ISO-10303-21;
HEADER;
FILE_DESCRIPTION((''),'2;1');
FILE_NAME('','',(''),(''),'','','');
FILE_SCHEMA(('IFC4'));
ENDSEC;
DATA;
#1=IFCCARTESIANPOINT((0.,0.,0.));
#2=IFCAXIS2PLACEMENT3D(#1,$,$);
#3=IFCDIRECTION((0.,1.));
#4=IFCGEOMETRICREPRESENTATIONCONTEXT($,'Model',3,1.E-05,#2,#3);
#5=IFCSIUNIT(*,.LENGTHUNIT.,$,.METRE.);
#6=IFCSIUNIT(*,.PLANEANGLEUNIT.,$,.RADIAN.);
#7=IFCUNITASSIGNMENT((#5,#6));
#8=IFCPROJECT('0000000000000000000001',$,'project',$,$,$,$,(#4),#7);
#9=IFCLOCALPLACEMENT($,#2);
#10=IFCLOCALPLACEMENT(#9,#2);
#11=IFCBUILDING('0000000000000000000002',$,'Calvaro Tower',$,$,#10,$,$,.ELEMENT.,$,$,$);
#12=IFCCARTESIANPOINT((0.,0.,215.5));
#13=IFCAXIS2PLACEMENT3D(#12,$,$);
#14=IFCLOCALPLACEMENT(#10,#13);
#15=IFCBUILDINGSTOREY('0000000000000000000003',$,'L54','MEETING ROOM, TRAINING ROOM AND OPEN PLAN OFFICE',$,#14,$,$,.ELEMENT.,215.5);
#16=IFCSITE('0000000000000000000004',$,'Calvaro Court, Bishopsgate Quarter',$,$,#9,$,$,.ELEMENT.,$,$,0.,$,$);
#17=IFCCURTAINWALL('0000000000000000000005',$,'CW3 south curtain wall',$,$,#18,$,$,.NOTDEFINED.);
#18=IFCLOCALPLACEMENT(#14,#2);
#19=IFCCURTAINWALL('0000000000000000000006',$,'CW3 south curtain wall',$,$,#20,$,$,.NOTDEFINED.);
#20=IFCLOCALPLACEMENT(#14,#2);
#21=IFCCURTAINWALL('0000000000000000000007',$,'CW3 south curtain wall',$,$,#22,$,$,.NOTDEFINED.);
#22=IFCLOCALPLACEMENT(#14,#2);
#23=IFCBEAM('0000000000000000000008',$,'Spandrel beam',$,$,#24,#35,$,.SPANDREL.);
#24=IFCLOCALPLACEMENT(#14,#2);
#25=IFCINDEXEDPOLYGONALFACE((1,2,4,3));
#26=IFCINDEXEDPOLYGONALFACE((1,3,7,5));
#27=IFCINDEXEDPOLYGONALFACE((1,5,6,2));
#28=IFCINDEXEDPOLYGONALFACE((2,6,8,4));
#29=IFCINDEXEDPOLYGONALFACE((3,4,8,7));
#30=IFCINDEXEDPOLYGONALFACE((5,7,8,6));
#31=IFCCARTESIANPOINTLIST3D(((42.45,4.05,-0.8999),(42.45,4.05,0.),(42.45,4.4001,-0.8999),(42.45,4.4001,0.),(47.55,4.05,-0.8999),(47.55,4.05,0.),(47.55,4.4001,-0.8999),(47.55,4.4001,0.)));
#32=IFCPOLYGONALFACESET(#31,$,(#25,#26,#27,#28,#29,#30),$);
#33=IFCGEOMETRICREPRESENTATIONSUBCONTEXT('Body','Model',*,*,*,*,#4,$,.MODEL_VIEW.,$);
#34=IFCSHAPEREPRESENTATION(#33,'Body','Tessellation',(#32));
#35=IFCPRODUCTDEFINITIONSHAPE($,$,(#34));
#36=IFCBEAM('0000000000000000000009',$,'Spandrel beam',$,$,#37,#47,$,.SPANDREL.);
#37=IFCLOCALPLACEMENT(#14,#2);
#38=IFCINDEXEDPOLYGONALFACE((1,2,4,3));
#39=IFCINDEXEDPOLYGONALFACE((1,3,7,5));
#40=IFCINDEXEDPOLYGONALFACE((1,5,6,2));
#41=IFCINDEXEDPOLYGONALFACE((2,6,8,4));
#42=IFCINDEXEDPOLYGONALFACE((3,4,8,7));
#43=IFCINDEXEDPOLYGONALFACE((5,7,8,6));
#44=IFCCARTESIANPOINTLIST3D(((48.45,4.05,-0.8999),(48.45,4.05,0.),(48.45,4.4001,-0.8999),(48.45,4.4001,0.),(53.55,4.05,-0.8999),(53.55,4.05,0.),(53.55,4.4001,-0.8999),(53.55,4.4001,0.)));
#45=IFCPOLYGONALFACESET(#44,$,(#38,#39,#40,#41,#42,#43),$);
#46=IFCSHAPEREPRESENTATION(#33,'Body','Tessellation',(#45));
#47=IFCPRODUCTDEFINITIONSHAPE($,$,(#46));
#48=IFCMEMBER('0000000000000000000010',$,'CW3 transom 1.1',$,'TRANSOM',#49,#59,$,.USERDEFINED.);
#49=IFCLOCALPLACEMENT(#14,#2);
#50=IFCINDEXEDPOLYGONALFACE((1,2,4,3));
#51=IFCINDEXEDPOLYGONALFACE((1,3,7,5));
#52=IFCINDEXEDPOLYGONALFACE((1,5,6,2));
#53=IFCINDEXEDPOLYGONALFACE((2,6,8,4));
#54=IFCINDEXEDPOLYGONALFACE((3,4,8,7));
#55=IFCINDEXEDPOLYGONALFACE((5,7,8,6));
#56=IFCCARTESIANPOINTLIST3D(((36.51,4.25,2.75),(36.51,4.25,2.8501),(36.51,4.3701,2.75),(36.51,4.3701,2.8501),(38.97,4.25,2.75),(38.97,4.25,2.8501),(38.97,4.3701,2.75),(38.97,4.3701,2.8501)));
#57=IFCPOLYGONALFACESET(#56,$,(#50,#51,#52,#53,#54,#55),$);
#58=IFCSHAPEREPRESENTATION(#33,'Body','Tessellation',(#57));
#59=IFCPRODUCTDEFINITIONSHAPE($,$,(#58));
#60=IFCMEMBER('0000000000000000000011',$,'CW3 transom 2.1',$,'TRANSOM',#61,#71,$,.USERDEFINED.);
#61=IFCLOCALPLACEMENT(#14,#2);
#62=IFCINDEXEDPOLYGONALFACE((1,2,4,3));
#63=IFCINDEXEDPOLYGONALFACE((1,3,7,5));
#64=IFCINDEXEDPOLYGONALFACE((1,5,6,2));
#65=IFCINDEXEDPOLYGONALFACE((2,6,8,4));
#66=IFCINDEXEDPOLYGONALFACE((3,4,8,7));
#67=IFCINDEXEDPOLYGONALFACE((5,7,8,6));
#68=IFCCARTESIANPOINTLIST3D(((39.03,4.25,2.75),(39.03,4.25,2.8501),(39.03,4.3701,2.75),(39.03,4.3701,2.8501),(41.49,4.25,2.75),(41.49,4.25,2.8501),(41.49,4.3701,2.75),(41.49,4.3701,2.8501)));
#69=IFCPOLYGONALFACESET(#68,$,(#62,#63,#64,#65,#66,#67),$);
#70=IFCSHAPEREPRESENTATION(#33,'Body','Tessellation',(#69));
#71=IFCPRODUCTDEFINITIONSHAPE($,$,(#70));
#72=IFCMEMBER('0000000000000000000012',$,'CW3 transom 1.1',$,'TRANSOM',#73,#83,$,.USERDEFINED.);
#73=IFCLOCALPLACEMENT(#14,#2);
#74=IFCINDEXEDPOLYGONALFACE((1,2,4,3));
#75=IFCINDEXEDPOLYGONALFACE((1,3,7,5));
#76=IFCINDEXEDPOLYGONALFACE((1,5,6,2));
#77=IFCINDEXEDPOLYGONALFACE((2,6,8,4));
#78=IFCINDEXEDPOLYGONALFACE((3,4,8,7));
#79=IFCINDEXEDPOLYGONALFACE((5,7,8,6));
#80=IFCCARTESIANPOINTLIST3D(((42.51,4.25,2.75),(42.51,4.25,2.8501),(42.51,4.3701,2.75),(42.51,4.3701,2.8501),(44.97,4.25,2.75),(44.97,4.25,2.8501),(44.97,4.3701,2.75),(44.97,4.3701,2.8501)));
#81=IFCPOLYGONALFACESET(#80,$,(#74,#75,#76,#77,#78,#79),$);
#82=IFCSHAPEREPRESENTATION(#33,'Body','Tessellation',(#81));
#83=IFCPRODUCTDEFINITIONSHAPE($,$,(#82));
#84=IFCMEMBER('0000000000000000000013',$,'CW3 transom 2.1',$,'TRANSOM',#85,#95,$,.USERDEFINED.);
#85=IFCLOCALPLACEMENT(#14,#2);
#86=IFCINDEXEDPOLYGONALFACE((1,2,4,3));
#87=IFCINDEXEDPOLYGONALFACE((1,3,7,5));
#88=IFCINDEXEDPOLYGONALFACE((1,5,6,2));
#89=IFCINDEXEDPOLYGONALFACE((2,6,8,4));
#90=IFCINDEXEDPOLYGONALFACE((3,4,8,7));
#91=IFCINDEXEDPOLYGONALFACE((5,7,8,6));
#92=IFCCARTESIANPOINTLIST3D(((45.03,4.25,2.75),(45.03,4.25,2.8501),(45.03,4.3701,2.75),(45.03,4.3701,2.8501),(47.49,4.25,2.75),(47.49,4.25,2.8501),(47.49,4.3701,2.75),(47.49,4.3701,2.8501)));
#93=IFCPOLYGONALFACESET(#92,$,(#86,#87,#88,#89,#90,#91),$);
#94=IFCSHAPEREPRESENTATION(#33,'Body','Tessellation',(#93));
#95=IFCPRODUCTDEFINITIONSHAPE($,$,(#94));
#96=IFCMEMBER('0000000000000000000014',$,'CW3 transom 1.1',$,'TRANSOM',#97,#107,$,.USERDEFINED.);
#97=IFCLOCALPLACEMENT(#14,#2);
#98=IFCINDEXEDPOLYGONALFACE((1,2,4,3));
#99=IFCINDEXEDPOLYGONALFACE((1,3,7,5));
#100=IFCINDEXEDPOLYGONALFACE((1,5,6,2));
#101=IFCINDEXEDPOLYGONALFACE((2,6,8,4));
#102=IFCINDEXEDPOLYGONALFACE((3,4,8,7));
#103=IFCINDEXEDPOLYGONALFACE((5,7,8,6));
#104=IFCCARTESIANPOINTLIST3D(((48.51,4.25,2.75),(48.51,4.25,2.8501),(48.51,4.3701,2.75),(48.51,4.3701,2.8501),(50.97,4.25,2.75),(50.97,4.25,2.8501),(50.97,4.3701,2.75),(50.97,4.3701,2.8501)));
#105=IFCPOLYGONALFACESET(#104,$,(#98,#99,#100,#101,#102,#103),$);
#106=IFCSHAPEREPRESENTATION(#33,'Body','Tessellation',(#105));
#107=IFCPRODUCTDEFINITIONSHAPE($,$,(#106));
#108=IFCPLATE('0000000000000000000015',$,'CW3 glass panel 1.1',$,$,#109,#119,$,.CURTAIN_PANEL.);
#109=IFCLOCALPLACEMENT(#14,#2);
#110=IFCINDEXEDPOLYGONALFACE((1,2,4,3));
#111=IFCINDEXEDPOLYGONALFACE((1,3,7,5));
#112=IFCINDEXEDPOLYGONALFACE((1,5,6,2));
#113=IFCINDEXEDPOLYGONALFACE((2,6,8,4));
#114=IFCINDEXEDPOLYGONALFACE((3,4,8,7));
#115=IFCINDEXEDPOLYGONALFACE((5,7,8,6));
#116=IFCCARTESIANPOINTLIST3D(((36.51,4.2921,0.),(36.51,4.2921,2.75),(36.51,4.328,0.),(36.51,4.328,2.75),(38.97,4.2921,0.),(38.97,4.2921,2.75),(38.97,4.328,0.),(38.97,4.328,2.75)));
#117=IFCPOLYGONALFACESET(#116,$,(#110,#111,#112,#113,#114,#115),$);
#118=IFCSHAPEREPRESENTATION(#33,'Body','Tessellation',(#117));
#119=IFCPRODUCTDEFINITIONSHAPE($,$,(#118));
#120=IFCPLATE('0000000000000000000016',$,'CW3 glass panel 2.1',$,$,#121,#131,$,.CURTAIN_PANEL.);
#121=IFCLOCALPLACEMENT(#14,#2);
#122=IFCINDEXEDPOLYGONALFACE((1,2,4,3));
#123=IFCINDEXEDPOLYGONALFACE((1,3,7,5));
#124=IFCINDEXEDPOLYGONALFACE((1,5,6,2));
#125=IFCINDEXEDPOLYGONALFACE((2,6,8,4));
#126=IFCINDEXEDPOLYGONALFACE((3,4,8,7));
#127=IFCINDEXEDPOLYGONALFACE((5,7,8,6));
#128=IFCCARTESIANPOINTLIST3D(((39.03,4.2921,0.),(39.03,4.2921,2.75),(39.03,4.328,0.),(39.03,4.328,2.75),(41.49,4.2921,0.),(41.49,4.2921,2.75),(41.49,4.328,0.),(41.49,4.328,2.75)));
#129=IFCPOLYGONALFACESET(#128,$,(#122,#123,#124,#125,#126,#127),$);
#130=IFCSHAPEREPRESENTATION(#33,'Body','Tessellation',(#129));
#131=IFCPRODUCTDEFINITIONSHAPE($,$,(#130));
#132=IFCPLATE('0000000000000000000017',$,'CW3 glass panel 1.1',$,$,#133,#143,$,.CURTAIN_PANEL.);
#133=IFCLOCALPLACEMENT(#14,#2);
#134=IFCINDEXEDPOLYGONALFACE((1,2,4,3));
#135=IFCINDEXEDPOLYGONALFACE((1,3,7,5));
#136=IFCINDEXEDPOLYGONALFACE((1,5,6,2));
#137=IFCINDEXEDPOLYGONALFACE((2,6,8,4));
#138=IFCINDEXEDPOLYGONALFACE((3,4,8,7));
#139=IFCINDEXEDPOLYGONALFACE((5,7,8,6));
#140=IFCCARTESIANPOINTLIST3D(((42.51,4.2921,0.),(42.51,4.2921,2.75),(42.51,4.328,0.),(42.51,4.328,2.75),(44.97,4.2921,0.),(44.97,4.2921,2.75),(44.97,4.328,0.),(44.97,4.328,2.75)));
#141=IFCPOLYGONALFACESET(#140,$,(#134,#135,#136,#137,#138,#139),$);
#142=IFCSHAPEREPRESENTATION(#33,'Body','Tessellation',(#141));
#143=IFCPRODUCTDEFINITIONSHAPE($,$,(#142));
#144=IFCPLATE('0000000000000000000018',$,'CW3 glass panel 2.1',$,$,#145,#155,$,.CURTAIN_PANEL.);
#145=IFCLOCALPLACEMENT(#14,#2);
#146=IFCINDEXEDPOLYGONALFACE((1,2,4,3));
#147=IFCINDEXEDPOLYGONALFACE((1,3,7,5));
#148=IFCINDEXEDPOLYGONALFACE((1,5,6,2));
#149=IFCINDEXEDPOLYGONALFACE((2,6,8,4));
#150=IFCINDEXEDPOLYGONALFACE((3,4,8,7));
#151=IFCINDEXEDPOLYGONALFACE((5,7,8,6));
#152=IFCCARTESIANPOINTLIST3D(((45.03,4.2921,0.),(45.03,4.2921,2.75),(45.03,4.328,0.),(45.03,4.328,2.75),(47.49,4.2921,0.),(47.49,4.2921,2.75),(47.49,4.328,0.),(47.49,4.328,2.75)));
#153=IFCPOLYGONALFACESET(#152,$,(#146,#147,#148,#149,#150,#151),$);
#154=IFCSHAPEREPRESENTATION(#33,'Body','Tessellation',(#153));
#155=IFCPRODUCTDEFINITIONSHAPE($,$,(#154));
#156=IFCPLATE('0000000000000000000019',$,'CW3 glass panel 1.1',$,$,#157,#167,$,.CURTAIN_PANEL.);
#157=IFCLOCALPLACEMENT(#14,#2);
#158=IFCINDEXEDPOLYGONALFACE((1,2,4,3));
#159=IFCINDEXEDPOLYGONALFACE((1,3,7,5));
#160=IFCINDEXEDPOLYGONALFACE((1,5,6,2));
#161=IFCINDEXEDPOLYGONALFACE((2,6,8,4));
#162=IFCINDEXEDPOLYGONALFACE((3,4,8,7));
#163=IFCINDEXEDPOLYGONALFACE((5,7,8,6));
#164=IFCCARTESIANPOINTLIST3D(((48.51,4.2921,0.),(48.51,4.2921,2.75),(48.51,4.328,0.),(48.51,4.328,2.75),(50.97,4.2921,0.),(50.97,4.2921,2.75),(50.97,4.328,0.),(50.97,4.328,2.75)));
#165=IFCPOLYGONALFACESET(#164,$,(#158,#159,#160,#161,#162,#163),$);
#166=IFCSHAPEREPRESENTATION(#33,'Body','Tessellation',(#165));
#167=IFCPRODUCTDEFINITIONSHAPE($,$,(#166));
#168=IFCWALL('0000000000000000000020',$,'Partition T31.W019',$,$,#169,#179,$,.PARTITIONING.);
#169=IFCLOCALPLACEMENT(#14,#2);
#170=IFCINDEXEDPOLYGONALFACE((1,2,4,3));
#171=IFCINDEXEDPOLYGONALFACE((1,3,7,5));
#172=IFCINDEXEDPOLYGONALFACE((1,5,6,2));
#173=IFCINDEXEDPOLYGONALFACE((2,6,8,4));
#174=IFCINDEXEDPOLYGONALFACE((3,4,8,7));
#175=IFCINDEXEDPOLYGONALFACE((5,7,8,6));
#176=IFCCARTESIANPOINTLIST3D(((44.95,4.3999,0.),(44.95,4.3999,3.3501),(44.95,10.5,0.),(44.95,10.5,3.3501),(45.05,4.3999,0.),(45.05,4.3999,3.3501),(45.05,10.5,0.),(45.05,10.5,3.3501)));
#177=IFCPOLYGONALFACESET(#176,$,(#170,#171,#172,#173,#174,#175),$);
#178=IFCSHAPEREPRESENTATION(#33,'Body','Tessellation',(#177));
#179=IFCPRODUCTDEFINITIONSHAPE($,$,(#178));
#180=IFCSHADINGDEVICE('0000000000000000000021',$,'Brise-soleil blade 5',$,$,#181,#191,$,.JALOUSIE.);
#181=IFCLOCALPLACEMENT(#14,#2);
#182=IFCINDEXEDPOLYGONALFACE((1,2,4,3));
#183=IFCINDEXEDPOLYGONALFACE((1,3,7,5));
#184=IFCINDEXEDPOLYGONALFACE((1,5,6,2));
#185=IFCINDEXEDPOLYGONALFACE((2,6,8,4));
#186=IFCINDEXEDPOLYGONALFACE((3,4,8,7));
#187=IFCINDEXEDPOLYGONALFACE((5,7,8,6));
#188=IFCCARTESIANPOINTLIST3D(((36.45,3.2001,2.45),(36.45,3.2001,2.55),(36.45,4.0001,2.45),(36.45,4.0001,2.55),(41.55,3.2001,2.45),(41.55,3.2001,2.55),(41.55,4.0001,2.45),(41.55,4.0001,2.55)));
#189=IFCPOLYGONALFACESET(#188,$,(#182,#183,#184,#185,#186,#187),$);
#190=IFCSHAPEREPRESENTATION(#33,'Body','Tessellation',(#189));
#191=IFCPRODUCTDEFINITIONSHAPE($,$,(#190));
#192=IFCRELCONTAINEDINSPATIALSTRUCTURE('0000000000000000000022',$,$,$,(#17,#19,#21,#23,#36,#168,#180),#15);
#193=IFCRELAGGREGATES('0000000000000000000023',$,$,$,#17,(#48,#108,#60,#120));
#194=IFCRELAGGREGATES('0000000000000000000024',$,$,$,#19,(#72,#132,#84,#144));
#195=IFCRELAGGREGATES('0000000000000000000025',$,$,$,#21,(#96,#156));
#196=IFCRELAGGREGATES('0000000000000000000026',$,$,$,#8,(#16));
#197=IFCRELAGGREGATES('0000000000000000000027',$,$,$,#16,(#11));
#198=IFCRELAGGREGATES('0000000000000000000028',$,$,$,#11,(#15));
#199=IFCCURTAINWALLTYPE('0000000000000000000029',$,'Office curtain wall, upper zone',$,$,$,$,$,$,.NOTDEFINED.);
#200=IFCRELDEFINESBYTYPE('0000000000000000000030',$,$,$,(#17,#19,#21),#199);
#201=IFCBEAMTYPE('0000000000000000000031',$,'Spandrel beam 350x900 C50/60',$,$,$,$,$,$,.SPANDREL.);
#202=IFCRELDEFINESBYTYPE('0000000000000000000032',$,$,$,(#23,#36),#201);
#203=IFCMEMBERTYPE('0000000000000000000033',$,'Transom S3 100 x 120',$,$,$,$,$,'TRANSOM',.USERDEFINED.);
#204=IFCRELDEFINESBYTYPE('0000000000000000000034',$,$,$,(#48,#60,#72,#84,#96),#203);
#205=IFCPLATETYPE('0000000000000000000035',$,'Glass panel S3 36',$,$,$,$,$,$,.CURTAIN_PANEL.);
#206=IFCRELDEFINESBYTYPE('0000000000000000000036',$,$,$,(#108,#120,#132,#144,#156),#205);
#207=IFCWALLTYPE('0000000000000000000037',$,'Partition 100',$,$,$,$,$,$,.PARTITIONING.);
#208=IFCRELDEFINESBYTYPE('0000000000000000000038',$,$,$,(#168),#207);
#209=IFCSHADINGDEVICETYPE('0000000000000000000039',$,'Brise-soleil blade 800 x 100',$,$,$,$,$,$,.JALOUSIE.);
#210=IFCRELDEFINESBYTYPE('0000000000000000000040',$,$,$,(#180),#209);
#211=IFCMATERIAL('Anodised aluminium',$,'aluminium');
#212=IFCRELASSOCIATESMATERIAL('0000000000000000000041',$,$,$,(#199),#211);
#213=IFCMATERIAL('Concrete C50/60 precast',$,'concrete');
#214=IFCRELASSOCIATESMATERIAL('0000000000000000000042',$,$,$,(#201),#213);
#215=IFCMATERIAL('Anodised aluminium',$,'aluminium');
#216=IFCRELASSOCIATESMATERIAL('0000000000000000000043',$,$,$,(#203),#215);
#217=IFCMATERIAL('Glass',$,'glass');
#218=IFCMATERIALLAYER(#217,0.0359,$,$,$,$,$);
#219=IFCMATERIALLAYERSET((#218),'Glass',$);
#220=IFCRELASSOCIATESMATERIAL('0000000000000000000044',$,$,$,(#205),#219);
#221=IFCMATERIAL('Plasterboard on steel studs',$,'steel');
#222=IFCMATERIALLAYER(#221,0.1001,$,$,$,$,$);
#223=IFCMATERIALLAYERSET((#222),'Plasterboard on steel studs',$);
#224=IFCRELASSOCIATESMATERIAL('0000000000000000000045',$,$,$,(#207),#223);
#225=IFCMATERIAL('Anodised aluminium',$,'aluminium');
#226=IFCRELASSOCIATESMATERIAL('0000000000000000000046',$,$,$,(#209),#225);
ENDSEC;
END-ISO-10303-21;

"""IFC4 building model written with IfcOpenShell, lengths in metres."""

from ifc_helpers import new_model, si_unit, direction, frame, frame_2d, origin, origin_2d, place, context, subcontext, project, spatial, rectangle, extrude, material, layer, layer_set, material_profile, profile_set, type_object, element, aggregate, save


model = new_model("IFC4")

# Units and contexts
model_context = context("Model", 3, precision=1e-05, world=origin(), true_north=direction((0.0, 1.0)))
body_context = subcontext(model_context, "Body", "Model", "MODEL_VIEW")
ifc_project = project(units=[si_unit("LENGTHUNIT", "METRE"), si_unit("PLANEANGLEUNIT", "RADIAN")], contexts=[model_context])

# Site, building, storey
site_placement = place(None, origin())
site = spatial("IfcSite", under=ifc_project, at=site_placement, Name="Calvaro Court, Bishopsgate Quarter", CompositionType="ELEMENT", RefElevation=0.0)
building_placement = place(site_placement, origin())
building = spatial("IfcBuilding", under=site, at=building_placement, Name="Calvaro Tower", CompositionType="ELEMENT")
storey_placement = place(building_placement, frame((0.0, 0.0, 215.5)))
storey = spatial("IfcBuildingStorey", under=building, at=storey_placement, Name="L54", Description="MEETING ROOM, TRAINING ROOM AND OPEN PLAN OFFICE", CompositionType="ELEMENT", Elevation=215.5)

# Shared definitions
ifc_material_1 = material(Name="Anodised aluminium", Category="aluminium")
curtain_wall_type = type_object("IfcCurtainWallType", Name="Office curtain wall, upper zone", PredefinedType="NOTDEFINED", material=ifc_material_1)

# Curtain walls
curtain_wall_1_placement = place(storey_placement, origin())
curtain_wall_1 = element("IfcCurtainWall", 1, at=curtain_wall_1_placement, inside=storey, type_object=curtain_wall_type, Name="CW3 south curtain wall", PredefinedType="NOTDEFINED")
curtain_wall_2_placement = place(storey_placement, origin())
curtain_wall_2 = element("IfcCurtainWall", 2, at=curtain_wall_2_placement, inside=storey, type_object=curtain_wall_type, Name="CW3 south curtain wall", PredefinedType="NOTDEFINED")
curtain_wall_3_placement = place(storey_placement, origin())
curtain_wall_3 = element("IfcCurtainWall", 3, at=curtain_wall_3_placement, inside=storey, type_object=curtain_wall_type, Name="CW3 south curtain wall", PredefinedType="NOTDEFINED")

# Beams
ifc_material_2 = material(Name="Concrete C50/60 precast", Category="concrete")
ifc_material_profile_1 = material_profile(ifc_material_2, rectangle(XDim=0.3501, YDim=0.8999, at=origin_2d()), Name="RC 350x900")
ifc_profile_set_1 = profile_set([ifc_material_profile_1], Name="Concrete C50/60 precast")
beam_type = type_object("IfcBeamType", Name="Spandrel beam 350x900 C50/60", PredefinedType="SPANDREL", material=ifc_profile_set_1)
for number, where, z_axis, x_axis, name in (
    (4, (42.45, 4.2251, -0.45), (1.0, 0.0, 0.0), (0.0, 1.0, 0.0), "Spandrel beam"),
    (5, (48.45, 4.2251, -0.45), (1.0, 0.0, 0.0), (0.0, 1.0, 0.0), "Spandrel beam"),
):
    element("IfcBeam", number, at=place(storey_placement, frame(where, z_axis=z_axis, x_axis=x_axis)), inside=storey, type_object=beam_type, Name=name, PredefinedType="SPANDREL", context=body_context, shape_type="SweptSolid", body=[
        extrude(rectangle(XDim=0.3501, YDim=0.8999, at=origin_2d()), origin(), (0.0, 0.0, 1.0), 5.1001),
    ])

# Members
ifc_material_3 = material(Name="Anodised aluminium", Category="aluminium")
ifc_material_profile_2 = material_profile(ifc_material_3, rectangle(XDim=0.1201, YDim=0.1001, at=origin_2d()), Name="Transom S3 100 x 120")
ifc_profile_set_2 = profile_set([ifc_material_profile_2], Name="Anodised aluminium")
member_type_1 = type_object("IfcMemberType", Name="Transom S3 100 x 120", ElementType="TRANSOM", PredefinedType="USERDEFINED", material=ifc_profile_set_2)
member_1_placement = place(storey_placement, frame((36.51, 4.3101, 2.8), z_axis=(1.0, 0.0, 0.0), x_axis=(0.0, 1.0, 0.0)))
member_1 = element("IfcMember", 6, at=member_1_placement, type_object=member_type_1, Name="CW3 transom 1.1", ObjectType="TRANSOM", PredefinedType="USERDEFINED", context=body_context, shape_type="SweptSolid", body=[
    extrude(rectangle(XDim=0.1201, YDim=0.1001, at=origin_2d()), origin(), (0.0, 0.0, 1.0), 2.46),
])
member_2_placement = place(storey_placement, frame((39.03, 4.3101, 2.8), z_axis=(1.0, 0.0, 0.0), x_axis=(0.0, 1.0, 0.0)))
member_2 = element("IfcMember", 7, at=member_2_placement, type_object=member_type_1, Name="CW3 transom 2.1", ObjectType="TRANSOM", PredefinedType="USERDEFINED", context=body_context, shape_type="SweptSolid", body=[
    extrude(rectangle(XDim=0.1201, YDim=0.1001, at=origin_2d()), origin(), (0.0, 0.0, 1.0), 2.46),
])
member_3_placement = place(storey_placement, frame((42.51, 4.3101, 2.8), z_axis=(1.0, 0.0, 0.0), x_axis=(0.0, 1.0, 0.0)))
member_3 = element("IfcMember", 8, at=member_3_placement, type_object=member_type_1, Name="CW3 transom 1.1", ObjectType="TRANSOM", PredefinedType="USERDEFINED", context=body_context, shape_type="SweptSolid", body=[
    extrude(rectangle(XDim=0.1201, YDim=0.1001, at=origin_2d()), origin(), (0.0, 0.0, 1.0), 2.46),
])
member_4_placement = place(storey_placement, frame((45.03, 4.3101, 2.8), z_axis=(1.0, 0.0, 0.0), x_axis=(0.0, 1.0, 0.0)))
member_4 = element("IfcMember", 9, at=member_4_placement, type_object=member_type_1, Name="CW3 transom 2.1", ObjectType="TRANSOM", PredefinedType="USERDEFINED", context=body_context, shape_type="SweptSolid", body=[
    extrude(rectangle(XDim=0.1201, YDim=0.1001, at=origin_2d()), origin(), (0.0, 0.0, 1.0), 2.46),
])
member_5_placement = place(storey_placement, frame((48.51, 4.3101, 2.8), z_axis=(1.0, 0.0, 0.0), x_axis=(0.0, 1.0, 0.0)))
member_5 = element("IfcMember", 10, at=member_5_placement, type_object=member_type_1, Name="CW3 transom 1.1", ObjectType="TRANSOM", PredefinedType="USERDEFINED", context=body_context, shape_type="SweptSolid", body=[
    extrude(rectangle(XDim=0.1201, YDim=0.1001, at=origin_2d()), origin(), (0.0, 0.0, 1.0), 2.46),
])

# Plates
ifc_material_4 = material(Name="Glass", Category="glass")
ifc_layer_1 = layer(ifc_material_4, 0.0359)
ifc_layer_set_1 = layer_set([ifc_layer_1], Name="Glass")
plate_type = type_object("IfcPlateType", Name="Glass panel S3 36", PredefinedType="CURTAIN_PANEL", material=ifc_layer_set_1)
plate_1_placement = place(storey_placement, frame((37.74, 4.3101, 0.0), z_axis=(0.0, 0.0, 1.0), x_axis=(1.0, 0.0, 0.0)))
plate_1 = element("IfcPlate", 11, at=plate_1_placement, type_object=plate_type, Name="CW3 glass panel 1.1", PredefinedType="CURTAIN_PANEL", context=body_context, shape_type="SweptSolid", body=[
    extrude(rectangle(XDim=2.46, YDim=0.0359, at=origin_2d()), origin(), (0.0, 0.0, 1.0), 2.75),
])
plate_2_placement = place(storey_placement, frame((40.26, 4.3101, 0.0), z_axis=(0.0, 0.0, 1.0), x_axis=(1.0, 0.0, 0.0)))
plate_2 = element("IfcPlate", 12, at=plate_2_placement, type_object=plate_type, Name="CW3 glass panel 2.1", PredefinedType="CURTAIN_PANEL", context=body_context, shape_type="SweptSolid", body=[
    extrude(rectangle(XDim=2.46, YDim=0.0359, at=origin_2d()), origin(), (0.0, 0.0, 1.0), 2.75),
])
aggregate(curtain_wall_1, [member_1, plate_1, member_2, plate_2])
plate_3_placement = place(storey_placement, frame((43.74, 4.3101, 0.0), z_axis=(0.0, 0.0, 1.0), x_axis=(1.0, 0.0, 0.0)))
plate_3 = element("IfcPlate", 13, at=plate_3_placement, type_object=plate_type, Name="CW3 glass panel 1.1", PredefinedType="CURTAIN_PANEL", context=body_context, shape_type="SweptSolid", body=[
    extrude(rectangle(XDim=2.46, YDim=0.0359, at=origin_2d()), origin(), (0.0, 0.0, 1.0), 2.75),
])
plate_4_placement = place(storey_placement, frame((46.26, 4.3101, 0.0), z_axis=(0.0, 0.0, 1.0), x_axis=(1.0, 0.0, 0.0)))
plate_4 = element("IfcPlate", 14, at=plate_4_placement, type_object=plate_type, Name="CW3 glass panel 2.1", PredefinedType="CURTAIN_PANEL", context=body_context, shape_type="SweptSolid", body=[
    extrude(rectangle(XDim=2.46, YDim=0.0359, at=origin_2d()), origin(), (0.0, 0.0, 1.0), 2.75),
])
aggregate(curtain_wall_2, [member_3, plate_3, member_4, plate_4])
plate_5_placement = place(storey_placement, frame((49.74, 4.3101, 0.0), z_axis=(0.0, 0.0, 1.0), x_axis=(1.0, 0.0, 0.0)))
plate_5 = element("IfcPlate", 15, at=plate_5_placement, type_object=plate_type, Name="CW3 glass panel 1.1", PredefinedType="CURTAIN_PANEL", context=body_context, shape_type="SweptSolid", body=[
    extrude(rectangle(XDim=2.46, YDim=0.0359, at=origin_2d()), origin(), (0.0, 0.0, 1.0), 2.75),
])
aggregate(curtain_wall_3, [member_5, plate_5])

# Wall
ifc_material_5 = material(Name="Plasterboard on steel studs", Category="steel")
ifc_layer_2 = layer(ifc_material_5, 0.1001)
ifc_layer_set_2 = layer_set([ifc_layer_2], Name="Plasterboard on steel studs")
wall_type = type_object("IfcWallType", Name="Partition 100", PredefinedType="PARTITIONING", material=ifc_layer_set_2)
wall_placement = place(storey_placement, frame((45.0, 4.3999, 0.0), z_axis=(0.0, 0.0, 1.0), x_axis=(0.0, 1.0, 0.0)))
element("IfcWall", 16, at=wall_placement, inside=storey, type_object=wall_type, Name="Partition T31.W019", PredefinedType="PARTITIONING", context=body_context, shape_type="SweptSolid", body=[
    extrude(rectangle(XDim=6.1001, YDim=0.1001, at=frame_2d((3.05, 0.0))), origin(), (0.0, 0.0, 1.0), 3.3501),
])

# Shading device
ifc_material_6 = material(Name="Anodised aluminium", Category="aluminium")
ifc_material_profile_3 = material_profile(ifc_material_6, rectangle(XDim=0.8, YDim=0.1001, at=origin_2d()), Name="Brise-soleil blade 800 x 100")
ifc_profile_set_3 = profile_set([ifc_material_profile_3], Name="Anodised aluminium")
shading_device_type = type_object("IfcShadingDeviceType", Name="Brise-soleil blade 800 x 100", PredefinedType="JALOUSIE", material=ifc_profile_set_3)
for number, where, z_axis, x_axis, name in (
    (17, (36.45, 3.6001, 2.5), (1.0, 0.0, 0.0), (0.0, 1.0, 0.0), "Brise-soleil blade 5"),
):
    element("IfcShadingDevice", number, at=place(storey_placement, frame(where, z_axis=z_axis, x_axis=x_axis)), inside=storey, type_object=shading_device_type, Name=name, PredefinedType="JALOUSIE", context=body_context, shape_type="SweptSolid", body=[
        extrude(rectangle(XDim=0.8, YDim=0.1001, at=origin_2d()), origin(), (0.0, 0.0, 1.0), 5.1001),
    ])

save(model, "model.ifc")
